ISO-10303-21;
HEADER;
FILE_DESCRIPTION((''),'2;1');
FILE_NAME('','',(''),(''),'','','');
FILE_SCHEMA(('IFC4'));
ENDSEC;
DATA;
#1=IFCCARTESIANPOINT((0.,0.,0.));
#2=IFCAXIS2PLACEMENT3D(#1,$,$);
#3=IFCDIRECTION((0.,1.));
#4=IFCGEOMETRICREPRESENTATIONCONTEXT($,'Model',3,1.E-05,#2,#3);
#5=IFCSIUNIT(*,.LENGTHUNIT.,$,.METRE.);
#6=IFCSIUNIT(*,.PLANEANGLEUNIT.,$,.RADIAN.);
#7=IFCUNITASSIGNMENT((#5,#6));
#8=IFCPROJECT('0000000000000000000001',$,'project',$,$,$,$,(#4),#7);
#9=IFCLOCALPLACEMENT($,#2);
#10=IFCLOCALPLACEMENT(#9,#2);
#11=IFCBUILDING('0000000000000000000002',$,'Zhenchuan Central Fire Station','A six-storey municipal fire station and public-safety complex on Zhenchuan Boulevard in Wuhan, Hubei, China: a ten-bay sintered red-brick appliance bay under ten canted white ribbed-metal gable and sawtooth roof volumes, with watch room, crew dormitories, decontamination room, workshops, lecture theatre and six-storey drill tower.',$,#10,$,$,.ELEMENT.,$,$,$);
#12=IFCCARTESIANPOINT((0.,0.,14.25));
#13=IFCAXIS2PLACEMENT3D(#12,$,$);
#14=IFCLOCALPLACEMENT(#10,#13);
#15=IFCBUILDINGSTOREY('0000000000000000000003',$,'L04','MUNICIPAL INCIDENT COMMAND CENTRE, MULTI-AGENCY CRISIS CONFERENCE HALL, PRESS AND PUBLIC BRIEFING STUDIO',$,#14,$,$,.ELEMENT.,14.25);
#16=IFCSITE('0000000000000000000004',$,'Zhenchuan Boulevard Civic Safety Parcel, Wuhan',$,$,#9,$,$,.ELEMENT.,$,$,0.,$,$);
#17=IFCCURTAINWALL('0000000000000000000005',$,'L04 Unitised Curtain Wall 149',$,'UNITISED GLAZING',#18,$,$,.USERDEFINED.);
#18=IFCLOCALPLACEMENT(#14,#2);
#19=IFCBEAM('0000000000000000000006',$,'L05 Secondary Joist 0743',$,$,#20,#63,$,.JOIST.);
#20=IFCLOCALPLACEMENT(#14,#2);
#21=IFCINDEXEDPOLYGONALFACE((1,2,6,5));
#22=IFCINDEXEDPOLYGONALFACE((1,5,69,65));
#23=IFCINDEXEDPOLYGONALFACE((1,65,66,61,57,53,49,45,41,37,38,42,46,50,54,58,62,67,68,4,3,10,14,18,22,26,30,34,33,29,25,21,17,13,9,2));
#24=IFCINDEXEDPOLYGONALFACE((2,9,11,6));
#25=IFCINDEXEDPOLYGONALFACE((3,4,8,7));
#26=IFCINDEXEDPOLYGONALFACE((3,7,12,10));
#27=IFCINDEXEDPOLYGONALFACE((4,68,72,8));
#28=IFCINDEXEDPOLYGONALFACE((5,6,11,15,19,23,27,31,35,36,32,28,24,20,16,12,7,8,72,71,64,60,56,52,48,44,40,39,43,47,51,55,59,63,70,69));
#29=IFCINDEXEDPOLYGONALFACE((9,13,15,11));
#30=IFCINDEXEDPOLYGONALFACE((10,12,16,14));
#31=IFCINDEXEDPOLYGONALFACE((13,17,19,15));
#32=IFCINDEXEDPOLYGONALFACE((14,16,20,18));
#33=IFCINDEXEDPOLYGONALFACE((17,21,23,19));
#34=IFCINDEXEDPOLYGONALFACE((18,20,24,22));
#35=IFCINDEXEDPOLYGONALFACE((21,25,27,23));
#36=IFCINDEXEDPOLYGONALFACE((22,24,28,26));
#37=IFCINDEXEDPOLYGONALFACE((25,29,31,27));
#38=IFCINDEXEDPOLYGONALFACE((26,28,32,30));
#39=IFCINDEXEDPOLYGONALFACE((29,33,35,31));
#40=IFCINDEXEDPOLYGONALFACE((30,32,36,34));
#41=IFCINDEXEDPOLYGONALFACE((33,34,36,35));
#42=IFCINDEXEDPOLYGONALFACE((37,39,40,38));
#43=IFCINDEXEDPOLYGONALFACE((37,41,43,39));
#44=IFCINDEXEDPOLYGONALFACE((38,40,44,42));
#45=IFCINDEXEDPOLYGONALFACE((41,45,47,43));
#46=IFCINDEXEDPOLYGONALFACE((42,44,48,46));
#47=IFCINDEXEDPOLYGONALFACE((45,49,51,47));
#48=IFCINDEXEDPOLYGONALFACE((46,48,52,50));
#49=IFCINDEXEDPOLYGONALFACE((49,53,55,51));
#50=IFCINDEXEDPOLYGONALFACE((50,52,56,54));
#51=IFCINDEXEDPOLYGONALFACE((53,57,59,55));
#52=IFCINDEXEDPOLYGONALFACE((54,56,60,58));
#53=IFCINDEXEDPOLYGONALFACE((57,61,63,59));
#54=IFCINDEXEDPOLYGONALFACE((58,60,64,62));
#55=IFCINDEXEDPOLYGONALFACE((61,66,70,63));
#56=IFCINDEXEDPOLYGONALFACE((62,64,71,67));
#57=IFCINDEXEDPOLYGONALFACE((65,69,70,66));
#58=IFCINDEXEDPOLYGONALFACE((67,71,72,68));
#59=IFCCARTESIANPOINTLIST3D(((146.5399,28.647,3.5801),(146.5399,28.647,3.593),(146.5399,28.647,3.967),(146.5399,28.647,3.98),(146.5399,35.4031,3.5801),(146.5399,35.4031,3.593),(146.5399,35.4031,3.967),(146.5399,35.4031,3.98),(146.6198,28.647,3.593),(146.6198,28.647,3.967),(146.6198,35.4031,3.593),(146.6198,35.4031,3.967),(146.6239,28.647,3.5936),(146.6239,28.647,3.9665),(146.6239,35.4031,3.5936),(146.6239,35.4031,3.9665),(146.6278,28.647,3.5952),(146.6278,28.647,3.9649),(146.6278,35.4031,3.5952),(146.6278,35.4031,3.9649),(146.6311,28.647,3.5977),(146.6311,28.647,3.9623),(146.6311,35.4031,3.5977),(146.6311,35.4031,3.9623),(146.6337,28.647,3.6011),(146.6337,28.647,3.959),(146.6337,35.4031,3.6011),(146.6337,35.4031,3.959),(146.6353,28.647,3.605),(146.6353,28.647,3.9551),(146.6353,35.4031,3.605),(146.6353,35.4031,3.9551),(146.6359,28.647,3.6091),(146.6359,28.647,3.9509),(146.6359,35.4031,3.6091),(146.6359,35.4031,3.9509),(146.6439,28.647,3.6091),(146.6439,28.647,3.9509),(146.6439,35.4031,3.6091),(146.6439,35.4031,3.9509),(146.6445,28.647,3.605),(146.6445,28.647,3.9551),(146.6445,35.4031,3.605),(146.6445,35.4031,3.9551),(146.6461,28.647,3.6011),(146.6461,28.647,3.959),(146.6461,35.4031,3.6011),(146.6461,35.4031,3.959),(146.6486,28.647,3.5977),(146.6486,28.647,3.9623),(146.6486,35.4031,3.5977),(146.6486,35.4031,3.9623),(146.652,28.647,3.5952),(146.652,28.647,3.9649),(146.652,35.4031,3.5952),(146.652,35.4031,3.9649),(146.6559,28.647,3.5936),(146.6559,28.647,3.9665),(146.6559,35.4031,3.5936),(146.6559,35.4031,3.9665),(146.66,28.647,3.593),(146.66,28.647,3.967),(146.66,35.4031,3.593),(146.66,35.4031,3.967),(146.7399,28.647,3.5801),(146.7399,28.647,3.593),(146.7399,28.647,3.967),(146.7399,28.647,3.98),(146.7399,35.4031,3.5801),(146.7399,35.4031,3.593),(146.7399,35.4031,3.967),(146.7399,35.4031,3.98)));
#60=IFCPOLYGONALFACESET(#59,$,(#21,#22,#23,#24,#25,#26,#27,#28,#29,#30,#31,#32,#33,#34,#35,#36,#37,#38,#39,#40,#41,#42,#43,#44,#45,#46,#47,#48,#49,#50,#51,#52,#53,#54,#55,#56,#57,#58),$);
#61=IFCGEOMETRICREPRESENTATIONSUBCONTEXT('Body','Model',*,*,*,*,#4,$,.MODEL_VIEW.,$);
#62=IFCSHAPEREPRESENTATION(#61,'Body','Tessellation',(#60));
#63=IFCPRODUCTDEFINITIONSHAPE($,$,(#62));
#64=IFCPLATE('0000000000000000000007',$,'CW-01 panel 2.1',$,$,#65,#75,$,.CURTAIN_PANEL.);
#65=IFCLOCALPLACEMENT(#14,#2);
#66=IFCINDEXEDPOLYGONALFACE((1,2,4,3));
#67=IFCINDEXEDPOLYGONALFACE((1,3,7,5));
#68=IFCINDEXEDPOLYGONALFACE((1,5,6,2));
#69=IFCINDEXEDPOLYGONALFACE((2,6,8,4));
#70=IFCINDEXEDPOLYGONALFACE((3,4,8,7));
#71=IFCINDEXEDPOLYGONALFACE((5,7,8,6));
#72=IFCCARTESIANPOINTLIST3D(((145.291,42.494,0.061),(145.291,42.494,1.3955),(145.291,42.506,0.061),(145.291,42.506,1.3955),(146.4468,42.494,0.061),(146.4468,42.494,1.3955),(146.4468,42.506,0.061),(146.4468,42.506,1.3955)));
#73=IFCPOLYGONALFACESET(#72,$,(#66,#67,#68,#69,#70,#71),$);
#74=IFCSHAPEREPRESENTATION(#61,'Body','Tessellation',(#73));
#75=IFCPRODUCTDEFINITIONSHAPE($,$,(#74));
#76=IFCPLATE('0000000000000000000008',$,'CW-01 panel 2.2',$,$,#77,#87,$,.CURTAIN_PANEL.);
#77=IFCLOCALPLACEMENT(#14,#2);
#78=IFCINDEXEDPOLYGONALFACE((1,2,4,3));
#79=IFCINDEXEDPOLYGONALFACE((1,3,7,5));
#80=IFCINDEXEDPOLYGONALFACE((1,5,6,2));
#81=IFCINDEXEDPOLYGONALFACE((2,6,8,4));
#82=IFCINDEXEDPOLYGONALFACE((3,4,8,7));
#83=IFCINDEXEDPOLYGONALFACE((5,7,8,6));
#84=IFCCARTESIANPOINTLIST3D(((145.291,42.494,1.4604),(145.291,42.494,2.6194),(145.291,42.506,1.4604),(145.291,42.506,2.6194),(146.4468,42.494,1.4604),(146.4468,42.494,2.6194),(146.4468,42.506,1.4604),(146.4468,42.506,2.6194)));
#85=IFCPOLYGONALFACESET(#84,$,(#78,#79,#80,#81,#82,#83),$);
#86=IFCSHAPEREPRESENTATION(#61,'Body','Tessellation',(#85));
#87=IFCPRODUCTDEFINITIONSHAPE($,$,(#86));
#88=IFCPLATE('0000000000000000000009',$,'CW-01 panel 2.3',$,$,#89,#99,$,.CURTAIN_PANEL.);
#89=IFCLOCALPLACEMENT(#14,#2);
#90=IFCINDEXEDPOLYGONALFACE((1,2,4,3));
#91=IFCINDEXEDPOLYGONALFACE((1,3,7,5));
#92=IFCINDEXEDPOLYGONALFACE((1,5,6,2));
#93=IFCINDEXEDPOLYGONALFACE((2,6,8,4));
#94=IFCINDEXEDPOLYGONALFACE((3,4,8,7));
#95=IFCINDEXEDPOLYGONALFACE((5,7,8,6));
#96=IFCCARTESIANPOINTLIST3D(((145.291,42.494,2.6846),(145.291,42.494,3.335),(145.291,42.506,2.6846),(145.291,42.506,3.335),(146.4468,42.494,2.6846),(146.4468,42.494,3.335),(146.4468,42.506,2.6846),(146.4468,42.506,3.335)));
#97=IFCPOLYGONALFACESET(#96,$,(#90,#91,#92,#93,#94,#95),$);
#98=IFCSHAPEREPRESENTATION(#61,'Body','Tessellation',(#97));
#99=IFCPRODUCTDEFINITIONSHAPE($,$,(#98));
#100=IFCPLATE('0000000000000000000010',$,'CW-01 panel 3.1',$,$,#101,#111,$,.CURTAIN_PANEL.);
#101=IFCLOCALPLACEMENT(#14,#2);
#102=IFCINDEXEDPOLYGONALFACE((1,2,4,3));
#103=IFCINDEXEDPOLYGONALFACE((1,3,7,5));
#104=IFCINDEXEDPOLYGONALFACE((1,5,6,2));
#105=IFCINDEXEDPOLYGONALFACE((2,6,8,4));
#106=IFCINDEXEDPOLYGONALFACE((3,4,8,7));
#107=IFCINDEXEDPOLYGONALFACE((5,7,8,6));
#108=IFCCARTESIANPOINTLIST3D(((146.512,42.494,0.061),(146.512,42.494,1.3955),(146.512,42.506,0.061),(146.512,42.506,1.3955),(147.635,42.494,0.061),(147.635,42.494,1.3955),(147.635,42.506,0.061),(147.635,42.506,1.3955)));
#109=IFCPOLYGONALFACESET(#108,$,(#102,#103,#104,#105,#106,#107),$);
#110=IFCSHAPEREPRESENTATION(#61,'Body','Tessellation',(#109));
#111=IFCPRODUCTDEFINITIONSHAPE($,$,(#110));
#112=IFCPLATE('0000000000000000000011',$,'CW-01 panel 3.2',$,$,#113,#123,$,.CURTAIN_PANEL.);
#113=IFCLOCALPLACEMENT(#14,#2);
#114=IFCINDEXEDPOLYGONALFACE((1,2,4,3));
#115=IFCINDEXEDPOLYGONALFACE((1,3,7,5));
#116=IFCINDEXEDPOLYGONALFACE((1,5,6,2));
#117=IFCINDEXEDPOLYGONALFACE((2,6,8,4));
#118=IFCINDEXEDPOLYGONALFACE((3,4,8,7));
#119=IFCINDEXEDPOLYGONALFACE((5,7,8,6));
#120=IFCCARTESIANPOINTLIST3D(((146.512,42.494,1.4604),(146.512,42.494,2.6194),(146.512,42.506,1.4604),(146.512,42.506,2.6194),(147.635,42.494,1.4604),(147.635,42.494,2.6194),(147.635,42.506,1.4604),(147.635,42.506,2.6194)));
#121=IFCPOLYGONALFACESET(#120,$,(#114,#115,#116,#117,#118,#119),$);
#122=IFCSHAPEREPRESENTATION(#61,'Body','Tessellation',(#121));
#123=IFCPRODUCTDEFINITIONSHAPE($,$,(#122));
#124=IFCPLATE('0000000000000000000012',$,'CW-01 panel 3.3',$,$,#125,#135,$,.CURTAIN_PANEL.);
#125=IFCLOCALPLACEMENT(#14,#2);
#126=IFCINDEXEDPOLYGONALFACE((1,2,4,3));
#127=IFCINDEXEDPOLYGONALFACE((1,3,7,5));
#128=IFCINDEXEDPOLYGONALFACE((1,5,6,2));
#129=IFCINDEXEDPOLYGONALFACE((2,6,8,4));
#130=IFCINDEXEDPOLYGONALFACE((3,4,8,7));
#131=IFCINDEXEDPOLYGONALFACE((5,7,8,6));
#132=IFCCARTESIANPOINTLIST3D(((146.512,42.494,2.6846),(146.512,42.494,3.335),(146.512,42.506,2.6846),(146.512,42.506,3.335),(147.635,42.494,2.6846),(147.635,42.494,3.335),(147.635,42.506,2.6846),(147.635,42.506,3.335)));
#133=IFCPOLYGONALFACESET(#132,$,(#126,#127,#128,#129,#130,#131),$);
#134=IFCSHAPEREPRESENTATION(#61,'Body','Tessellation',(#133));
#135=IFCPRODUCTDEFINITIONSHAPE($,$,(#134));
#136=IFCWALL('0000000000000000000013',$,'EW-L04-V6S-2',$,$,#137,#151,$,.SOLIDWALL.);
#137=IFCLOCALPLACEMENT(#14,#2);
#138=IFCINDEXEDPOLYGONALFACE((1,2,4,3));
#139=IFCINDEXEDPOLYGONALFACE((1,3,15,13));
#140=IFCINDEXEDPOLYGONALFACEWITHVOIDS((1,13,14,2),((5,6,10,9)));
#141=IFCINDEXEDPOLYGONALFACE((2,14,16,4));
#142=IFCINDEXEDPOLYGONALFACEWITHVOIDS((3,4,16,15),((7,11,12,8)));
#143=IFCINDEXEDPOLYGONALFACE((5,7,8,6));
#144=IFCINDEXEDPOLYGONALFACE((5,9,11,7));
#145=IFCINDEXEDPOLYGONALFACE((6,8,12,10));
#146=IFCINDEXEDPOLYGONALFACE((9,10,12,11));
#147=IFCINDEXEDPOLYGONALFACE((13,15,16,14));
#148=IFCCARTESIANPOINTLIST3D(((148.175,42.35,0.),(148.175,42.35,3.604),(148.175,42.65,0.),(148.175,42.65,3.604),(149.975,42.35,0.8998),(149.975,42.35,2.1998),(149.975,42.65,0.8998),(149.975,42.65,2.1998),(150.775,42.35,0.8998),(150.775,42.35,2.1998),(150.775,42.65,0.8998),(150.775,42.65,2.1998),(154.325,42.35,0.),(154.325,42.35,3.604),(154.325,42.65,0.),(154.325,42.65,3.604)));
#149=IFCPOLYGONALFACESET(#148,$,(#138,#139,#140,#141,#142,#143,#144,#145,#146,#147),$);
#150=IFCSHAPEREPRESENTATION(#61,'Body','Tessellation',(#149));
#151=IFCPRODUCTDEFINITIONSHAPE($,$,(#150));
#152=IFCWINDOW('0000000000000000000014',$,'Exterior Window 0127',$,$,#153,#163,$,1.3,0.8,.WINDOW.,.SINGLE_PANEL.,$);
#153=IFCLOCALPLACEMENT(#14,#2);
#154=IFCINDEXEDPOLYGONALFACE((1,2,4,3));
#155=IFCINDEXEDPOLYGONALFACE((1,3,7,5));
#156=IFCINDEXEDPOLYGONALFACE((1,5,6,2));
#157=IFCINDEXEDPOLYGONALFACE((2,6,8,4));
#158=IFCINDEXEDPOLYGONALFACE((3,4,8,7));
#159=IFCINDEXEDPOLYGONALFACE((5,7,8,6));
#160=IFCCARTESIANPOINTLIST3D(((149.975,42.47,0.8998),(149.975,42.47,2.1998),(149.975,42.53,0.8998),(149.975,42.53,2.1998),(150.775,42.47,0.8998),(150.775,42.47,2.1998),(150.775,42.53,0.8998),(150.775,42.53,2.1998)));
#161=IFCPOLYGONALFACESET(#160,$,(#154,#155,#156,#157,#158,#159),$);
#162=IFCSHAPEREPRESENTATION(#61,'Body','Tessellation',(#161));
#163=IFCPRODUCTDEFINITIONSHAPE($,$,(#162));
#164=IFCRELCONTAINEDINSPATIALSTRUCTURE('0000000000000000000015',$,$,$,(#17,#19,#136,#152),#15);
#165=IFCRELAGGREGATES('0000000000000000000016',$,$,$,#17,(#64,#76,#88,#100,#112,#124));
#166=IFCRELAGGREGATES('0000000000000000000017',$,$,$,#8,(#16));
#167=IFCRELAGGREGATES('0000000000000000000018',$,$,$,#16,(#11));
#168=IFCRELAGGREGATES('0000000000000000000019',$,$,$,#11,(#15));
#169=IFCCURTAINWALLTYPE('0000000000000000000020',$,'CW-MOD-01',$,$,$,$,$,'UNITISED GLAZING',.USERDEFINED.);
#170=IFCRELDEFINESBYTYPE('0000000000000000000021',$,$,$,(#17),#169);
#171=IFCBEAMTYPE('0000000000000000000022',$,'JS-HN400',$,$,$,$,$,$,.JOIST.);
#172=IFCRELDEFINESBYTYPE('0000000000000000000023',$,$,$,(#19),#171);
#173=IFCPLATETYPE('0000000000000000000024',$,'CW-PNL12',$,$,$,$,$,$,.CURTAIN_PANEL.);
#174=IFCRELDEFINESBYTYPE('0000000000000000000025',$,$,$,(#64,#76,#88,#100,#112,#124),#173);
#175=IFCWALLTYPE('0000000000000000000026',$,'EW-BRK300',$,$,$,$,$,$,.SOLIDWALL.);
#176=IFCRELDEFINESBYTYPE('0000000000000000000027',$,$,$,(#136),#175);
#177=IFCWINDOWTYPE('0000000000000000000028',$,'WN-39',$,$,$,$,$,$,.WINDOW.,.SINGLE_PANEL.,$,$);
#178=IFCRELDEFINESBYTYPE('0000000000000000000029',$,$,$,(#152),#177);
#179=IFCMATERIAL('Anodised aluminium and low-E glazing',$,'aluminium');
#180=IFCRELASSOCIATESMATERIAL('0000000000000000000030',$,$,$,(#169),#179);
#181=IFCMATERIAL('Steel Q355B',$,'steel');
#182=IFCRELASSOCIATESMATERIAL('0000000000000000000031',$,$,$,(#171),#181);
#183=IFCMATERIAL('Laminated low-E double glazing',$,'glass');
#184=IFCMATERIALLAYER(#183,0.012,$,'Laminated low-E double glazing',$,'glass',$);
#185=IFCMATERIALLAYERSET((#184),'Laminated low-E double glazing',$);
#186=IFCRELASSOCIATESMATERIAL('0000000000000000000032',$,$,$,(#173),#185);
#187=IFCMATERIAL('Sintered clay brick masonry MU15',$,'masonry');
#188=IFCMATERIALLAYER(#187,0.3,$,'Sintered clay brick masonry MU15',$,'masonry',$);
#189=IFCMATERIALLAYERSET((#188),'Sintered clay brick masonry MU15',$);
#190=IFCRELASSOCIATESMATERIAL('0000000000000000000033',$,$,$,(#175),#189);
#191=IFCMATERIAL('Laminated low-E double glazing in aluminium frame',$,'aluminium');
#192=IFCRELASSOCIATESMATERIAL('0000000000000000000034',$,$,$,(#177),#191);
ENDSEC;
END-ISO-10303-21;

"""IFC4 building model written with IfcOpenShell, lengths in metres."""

from ifc_helpers import new_model, si_unit, direction, frame, frame_2d, origin, origin_2d, place, context, subcontext, project, spatial, rectangle, i_section, extrude, material, layer, layer_set, material_profile, profile_set, type_object, element, fill, aggregate, save


model = new_model("IFC4")

# Units and contexts
model_context = context("Model", 3, precision=1e-05, world=origin(), true_north=direction((0.0, 1.0)))
body_context = subcontext(model_context, "Body", "Model", "MODEL_VIEW")
ifc_project = project(units=[si_unit("LENGTHUNIT", "METRE"), si_unit("PLANEANGLEUNIT", "RADIAN")], contexts=[model_context])

# Site, building, storey
site_placement = place(None, origin())
site = spatial("IfcSite", under=ifc_project, at=site_placement, Name="Zhenchuan Boulevard Civic Safety Parcel, Wuhan", CompositionType="ELEMENT", RefElevation=0.0)
building_placement = place(site_placement, origin())
building = spatial("IfcBuilding", under=site, at=building_placement, Name="Zhenchuan Central Fire Station", Description="A six-storey municipal fire station and public-safety complex on Zhenchuan Boulevard in Wuhan, Hubei, China: a ten-bay sintered red-brick appliance bay under ten canted white ribbed-metal gable and sawtooth roof volumes, with watch room, crew dormitories, decontamination room, workshops, lecture theatre and six-storey drill tower.", CompositionType="ELEMENT")
storey_placement = place(building_placement, frame((0.0, 0.0, 14.25)))
storey = spatial("IfcBuildingStorey", under=building, at=storey_placement, Name="L04", Description="MUNICIPAL INCIDENT COMMAND CENTRE, MULTI-AGENCY CRISIS CONFERENCE HALL, PRESS AND PUBLIC BRIEFING STUDIO", CompositionType="ELEMENT", Elevation=14.25)

# Shared definitions
ifc_material_1 = material(Name="Steel Q355B", Category="steel")

# Curtain wall
ifc_material_2 = material(Name="Anodised aluminium and low-E glazing", Category="aluminium")
curtain_wall_type = type_object("IfcCurtainWallType", Name="CW-MOD-01", ElementType="UNITISED GLAZING", PredefinedType="USERDEFINED", material=ifc_material_2)
curtain_wall_placement = place(storey_placement, origin())
curtain_wall = element("IfcCurtainWall", 1, at=curtain_wall_placement, inside=storey, type_object=curtain_wall_type, Name="L04 Unitised Curtain Wall 149", ObjectType="UNITISED GLAZING", PredefinedType="USERDEFINED")

# Beam
ifc_material_profile_1 = material_profile(ifc_material_1, i_section(OverallWidth=0.2, OverallDepth=0.3999, WebThickness=0.0081, FlangeThickness=0.0129, FilletRadius=0.0161, at=origin_2d()), Name="HN 400x200")
ifc_profile_set_1 = profile_set([ifc_material_profile_1], Name="Steel Q355B")
beam_type_1 = type_object("IfcBeamType", Name="JS-HN400", PredefinedType="JOIST", material=ifc_profile_set_1)
beam_1_placement = place(storey_placement, frame((146.6399, 28.647, 3.78), z_axis=(0.0, 1.0, 0.0), x_axis=(-1.0, 0.0, 0.0)))
element("IfcBeam", 2, at=beam_1_placement, inside=storey, type_object=beam_type_1, Name="L05 Secondary Joist 0743", PredefinedType="JOIST", context=body_context, shape_type="SweptSolid", body=[
    extrude(i_section(OverallWidth=0.2, OverallDepth=0.3999, WebThickness=0.0081, FlangeThickness=0.0129, FilletRadius=0.0161, at=origin_2d()), origin(), (0.0, 0.0, 1.0), 6.7561),
])

# Plates
ifc_material_3 = material(Name="Laminated low-E double glazing", Category="glass")
ifc_layer_1 = layer(ifc_material_3, 0.012, Name="Laminated low-E double glazing", Category="glass")
ifc_layer_set_1 = layer_set([ifc_layer_1], Name="Laminated low-E double glazing")
plate_type = type_object("IfcPlateType", Name="CW-PNL12", PredefinedType="CURTAIN_PANEL", material=ifc_layer_set_1)
plate_1_placement = place(storey_placement, frame((145.8689, 42.5, 0.061), z_axis=(0.0, 0.0, 1.0), x_axis=(1.0, 0.0, 0.0)))
plate_1 = element("IfcPlate", 3, at=plate_1_placement, type_object=plate_type, Name="CW-01 panel 2.1", PredefinedType="CURTAIN_PANEL", context=body_context, shape_type="SweptSolid", body=[
    extrude(rectangle(XDim=1.1558, YDim=0.012, at=origin_2d()), origin(), (0.0, 0.0, 1.0), 1.3345),
])
plate_2_placement = place(storey_placement, frame((145.8689, 42.5, 1.4604), z_axis=(0.0, 0.0, 1.0), x_axis=(1.0, 0.0, 0.0)))
plate_2 = element("IfcPlate", 4, at=plate_2_placement, type_object=plate_type, Name="CW-01 panel 2.2", PredefinedType="CURTAIN_PANEL", context=body_context, shape_type="SweptSolid", body=[
    extrude(rectangle(XDim=1.1558, YDim=0.012, at=origin_2d()), origin(), (0.0, 0.0, 1.0), 1.1589),
])
plate_3_placement = place(storey_placement, frame((145.8689, 42.5, 2.6846), z_axis=(0.0, 0.0, 1.0), x_axis=(1.0, 0.0, 0.0)))
plate_3 = element("IfcPlate", 5, at=plate_3_placement, type_object=plate_type, Name="CW-01 panel 2.3", PredefinedType="CURTAIN_PANEL", context=body_context, shape_type="SweptSolid", body=[
    extrude(rectangle(XDim=1.1558, YDim=0.012, at=origin_2d()), origin(), (0.0, 0.0, 1.0), 0.6504),
])
plate_4_placement = place(storey_placement, frame((147.0735, 42.5, 0.061), z_axis=(0.0, 0.0, 1.0), x_axis=(1.0, 0.0, 0.0)))
plate_4 = element("IfcPlate", 6, at=plate_4_placement, type_object=plate_type, Name="CW-01 panel 3.1", PredefinedType="CURTAIN_PANEL", context=body_context, shape_type="SweptSolid", body=[
    extrude(rectangle(XDim=1.123, YDim=0.012, at=origin_2d()), origin(), (0.0, 0.0, 1.0), 1.3345),
])
plate_5_placement = place(storey_placement, frame((147.0735, 42.5, 1.4604), z_axis=(0.0, 0.0, 1.0), x_axis=(1.0, 0.0, 0.0)))
plate_5 = element("IfcPlate", 7, at=plate_5_placement, type_object=plate_type, Name="CW-01 panel 3.2", PredefinedType="CURTAIN_PANEL", context=body_context, shape_type="SweptSolid", body=[
    extrude(rectangle(XDim=1.123, YDim=0.012, at=origin_2d()), origin(), (0.0, 0.0, 1.0), 1.1589),
])
plate_6_placement = place(storey_placement, frame((147.0735, 42.5, 2.6846), z_axis=(0.0, 0.0, 1.0), x_axis=(1.0, 0.0, 0.0)))
plate_6 = element("IfcPlate", 8, at=plate_6_placement, type_object=plate_type, Name="CW-01 panel 3.3", PredefinedType="CURTAIN_PANEL", context=body_context, shape_type="SweptSolid", body=[
    extrude(rectangle(XDim=1.123, YDim=0.012, at=origin_2d()), origin(), (0.0, 0.0, 1.0), 0.6504),
])
aggregate(curtain_wall, [plate_1, plate_2, plate_3, plate_4, plate_5, plate_6])

# Wall, opening, window
ifc_material_4 = material(Name="Sintered clay brick masonry MU15", Category="masonry")
ifc_layer_2 = layer(ifc_material_4, 0.3, Name="Sintered clay brick masonry MU15", Category="masonry")
ifc_layer_set_2 = layer_set([ifc_layer_2], Name="Sintered clay brick masonry MU15")
wall_type = type_object("IfcWallType", Name="EW-BRK300", PredefinedType="SOLIDWALL", material=ifc_layer_set_2)
wall_placement = place(storey_placement, frame((148.175, 42.5, 0.0), z_axis=(0.0, 0.0, 1.0), x_axis=(1.0, 0.0, 0.0)))
wall = element("IfcWall", 9, at=wall_placement, inside=storey, type_object=wall_type, Name="EW-L04-V6S-2", PredefinedType="SOLIDWALL", context=body_context, shape_type="SweptSolid", body=[
    extrude(rectangle(XDim=6.1499, YDim=0.3, at=frame_2d((3.075, 0.0))), origin(), (0.0, 0.0, 1.0), 3.604),
])
opening_placement = place(wall_placement, frame((1.8, 0.0, 0.8999)))
opening = element("IfcOpeningElement", 10, at=opening_placement, cuts=wall, PredefinedType="OPENING", context=body_context, shape_type="SweptSolid", body=[
    extrude(rectangle(XDim=0.8, YDim=1.3, at=frame_2d((0.3999, 0.6499))), frame((0.0, 0.1599, 0.0), z_axis=(0.0, -1.0, 0.0), x_axis=(1.0, 0.0, 0.0)), (0.0, 0.0, 1.0), 0.3201),
])
ifc_material_5 = material(Name="Laminated low-E double glazing in aluminium frame", Category="aluminium")
window_type = type_object("IfcWindowType", Name="WN-39", PartitioningType="SINGLE_PANEL", PredefinedType="WINDOW", material=ifc_material_5)
window_placement = place(opening_placement, origin())
window = element("IfcWindow", 11, at=window_placement, inside=storey, type_object=window_type, Name="Exterior Window 0127", OverallHeight=1.3, OverallWidth=0.8, PartitioningType="SINGLE_PANEL", PredefinedType="WINDOW", context=body_context, shape_type="SweptSolid", body=[
    extrude(rectangle(XDim=0.8, YDim=1.3, at=frame_2d((0.3999, 0.6499))), frame((0.0, 0.03, 0.0), z_axis=(0.0, -1.0, 0.0), x_axis=(1.0, 0.0, 0.0)), (0.0, 0.0, 1.0), 0.0601),
])
fill(opening, window)

save(model, "model.ifc")
